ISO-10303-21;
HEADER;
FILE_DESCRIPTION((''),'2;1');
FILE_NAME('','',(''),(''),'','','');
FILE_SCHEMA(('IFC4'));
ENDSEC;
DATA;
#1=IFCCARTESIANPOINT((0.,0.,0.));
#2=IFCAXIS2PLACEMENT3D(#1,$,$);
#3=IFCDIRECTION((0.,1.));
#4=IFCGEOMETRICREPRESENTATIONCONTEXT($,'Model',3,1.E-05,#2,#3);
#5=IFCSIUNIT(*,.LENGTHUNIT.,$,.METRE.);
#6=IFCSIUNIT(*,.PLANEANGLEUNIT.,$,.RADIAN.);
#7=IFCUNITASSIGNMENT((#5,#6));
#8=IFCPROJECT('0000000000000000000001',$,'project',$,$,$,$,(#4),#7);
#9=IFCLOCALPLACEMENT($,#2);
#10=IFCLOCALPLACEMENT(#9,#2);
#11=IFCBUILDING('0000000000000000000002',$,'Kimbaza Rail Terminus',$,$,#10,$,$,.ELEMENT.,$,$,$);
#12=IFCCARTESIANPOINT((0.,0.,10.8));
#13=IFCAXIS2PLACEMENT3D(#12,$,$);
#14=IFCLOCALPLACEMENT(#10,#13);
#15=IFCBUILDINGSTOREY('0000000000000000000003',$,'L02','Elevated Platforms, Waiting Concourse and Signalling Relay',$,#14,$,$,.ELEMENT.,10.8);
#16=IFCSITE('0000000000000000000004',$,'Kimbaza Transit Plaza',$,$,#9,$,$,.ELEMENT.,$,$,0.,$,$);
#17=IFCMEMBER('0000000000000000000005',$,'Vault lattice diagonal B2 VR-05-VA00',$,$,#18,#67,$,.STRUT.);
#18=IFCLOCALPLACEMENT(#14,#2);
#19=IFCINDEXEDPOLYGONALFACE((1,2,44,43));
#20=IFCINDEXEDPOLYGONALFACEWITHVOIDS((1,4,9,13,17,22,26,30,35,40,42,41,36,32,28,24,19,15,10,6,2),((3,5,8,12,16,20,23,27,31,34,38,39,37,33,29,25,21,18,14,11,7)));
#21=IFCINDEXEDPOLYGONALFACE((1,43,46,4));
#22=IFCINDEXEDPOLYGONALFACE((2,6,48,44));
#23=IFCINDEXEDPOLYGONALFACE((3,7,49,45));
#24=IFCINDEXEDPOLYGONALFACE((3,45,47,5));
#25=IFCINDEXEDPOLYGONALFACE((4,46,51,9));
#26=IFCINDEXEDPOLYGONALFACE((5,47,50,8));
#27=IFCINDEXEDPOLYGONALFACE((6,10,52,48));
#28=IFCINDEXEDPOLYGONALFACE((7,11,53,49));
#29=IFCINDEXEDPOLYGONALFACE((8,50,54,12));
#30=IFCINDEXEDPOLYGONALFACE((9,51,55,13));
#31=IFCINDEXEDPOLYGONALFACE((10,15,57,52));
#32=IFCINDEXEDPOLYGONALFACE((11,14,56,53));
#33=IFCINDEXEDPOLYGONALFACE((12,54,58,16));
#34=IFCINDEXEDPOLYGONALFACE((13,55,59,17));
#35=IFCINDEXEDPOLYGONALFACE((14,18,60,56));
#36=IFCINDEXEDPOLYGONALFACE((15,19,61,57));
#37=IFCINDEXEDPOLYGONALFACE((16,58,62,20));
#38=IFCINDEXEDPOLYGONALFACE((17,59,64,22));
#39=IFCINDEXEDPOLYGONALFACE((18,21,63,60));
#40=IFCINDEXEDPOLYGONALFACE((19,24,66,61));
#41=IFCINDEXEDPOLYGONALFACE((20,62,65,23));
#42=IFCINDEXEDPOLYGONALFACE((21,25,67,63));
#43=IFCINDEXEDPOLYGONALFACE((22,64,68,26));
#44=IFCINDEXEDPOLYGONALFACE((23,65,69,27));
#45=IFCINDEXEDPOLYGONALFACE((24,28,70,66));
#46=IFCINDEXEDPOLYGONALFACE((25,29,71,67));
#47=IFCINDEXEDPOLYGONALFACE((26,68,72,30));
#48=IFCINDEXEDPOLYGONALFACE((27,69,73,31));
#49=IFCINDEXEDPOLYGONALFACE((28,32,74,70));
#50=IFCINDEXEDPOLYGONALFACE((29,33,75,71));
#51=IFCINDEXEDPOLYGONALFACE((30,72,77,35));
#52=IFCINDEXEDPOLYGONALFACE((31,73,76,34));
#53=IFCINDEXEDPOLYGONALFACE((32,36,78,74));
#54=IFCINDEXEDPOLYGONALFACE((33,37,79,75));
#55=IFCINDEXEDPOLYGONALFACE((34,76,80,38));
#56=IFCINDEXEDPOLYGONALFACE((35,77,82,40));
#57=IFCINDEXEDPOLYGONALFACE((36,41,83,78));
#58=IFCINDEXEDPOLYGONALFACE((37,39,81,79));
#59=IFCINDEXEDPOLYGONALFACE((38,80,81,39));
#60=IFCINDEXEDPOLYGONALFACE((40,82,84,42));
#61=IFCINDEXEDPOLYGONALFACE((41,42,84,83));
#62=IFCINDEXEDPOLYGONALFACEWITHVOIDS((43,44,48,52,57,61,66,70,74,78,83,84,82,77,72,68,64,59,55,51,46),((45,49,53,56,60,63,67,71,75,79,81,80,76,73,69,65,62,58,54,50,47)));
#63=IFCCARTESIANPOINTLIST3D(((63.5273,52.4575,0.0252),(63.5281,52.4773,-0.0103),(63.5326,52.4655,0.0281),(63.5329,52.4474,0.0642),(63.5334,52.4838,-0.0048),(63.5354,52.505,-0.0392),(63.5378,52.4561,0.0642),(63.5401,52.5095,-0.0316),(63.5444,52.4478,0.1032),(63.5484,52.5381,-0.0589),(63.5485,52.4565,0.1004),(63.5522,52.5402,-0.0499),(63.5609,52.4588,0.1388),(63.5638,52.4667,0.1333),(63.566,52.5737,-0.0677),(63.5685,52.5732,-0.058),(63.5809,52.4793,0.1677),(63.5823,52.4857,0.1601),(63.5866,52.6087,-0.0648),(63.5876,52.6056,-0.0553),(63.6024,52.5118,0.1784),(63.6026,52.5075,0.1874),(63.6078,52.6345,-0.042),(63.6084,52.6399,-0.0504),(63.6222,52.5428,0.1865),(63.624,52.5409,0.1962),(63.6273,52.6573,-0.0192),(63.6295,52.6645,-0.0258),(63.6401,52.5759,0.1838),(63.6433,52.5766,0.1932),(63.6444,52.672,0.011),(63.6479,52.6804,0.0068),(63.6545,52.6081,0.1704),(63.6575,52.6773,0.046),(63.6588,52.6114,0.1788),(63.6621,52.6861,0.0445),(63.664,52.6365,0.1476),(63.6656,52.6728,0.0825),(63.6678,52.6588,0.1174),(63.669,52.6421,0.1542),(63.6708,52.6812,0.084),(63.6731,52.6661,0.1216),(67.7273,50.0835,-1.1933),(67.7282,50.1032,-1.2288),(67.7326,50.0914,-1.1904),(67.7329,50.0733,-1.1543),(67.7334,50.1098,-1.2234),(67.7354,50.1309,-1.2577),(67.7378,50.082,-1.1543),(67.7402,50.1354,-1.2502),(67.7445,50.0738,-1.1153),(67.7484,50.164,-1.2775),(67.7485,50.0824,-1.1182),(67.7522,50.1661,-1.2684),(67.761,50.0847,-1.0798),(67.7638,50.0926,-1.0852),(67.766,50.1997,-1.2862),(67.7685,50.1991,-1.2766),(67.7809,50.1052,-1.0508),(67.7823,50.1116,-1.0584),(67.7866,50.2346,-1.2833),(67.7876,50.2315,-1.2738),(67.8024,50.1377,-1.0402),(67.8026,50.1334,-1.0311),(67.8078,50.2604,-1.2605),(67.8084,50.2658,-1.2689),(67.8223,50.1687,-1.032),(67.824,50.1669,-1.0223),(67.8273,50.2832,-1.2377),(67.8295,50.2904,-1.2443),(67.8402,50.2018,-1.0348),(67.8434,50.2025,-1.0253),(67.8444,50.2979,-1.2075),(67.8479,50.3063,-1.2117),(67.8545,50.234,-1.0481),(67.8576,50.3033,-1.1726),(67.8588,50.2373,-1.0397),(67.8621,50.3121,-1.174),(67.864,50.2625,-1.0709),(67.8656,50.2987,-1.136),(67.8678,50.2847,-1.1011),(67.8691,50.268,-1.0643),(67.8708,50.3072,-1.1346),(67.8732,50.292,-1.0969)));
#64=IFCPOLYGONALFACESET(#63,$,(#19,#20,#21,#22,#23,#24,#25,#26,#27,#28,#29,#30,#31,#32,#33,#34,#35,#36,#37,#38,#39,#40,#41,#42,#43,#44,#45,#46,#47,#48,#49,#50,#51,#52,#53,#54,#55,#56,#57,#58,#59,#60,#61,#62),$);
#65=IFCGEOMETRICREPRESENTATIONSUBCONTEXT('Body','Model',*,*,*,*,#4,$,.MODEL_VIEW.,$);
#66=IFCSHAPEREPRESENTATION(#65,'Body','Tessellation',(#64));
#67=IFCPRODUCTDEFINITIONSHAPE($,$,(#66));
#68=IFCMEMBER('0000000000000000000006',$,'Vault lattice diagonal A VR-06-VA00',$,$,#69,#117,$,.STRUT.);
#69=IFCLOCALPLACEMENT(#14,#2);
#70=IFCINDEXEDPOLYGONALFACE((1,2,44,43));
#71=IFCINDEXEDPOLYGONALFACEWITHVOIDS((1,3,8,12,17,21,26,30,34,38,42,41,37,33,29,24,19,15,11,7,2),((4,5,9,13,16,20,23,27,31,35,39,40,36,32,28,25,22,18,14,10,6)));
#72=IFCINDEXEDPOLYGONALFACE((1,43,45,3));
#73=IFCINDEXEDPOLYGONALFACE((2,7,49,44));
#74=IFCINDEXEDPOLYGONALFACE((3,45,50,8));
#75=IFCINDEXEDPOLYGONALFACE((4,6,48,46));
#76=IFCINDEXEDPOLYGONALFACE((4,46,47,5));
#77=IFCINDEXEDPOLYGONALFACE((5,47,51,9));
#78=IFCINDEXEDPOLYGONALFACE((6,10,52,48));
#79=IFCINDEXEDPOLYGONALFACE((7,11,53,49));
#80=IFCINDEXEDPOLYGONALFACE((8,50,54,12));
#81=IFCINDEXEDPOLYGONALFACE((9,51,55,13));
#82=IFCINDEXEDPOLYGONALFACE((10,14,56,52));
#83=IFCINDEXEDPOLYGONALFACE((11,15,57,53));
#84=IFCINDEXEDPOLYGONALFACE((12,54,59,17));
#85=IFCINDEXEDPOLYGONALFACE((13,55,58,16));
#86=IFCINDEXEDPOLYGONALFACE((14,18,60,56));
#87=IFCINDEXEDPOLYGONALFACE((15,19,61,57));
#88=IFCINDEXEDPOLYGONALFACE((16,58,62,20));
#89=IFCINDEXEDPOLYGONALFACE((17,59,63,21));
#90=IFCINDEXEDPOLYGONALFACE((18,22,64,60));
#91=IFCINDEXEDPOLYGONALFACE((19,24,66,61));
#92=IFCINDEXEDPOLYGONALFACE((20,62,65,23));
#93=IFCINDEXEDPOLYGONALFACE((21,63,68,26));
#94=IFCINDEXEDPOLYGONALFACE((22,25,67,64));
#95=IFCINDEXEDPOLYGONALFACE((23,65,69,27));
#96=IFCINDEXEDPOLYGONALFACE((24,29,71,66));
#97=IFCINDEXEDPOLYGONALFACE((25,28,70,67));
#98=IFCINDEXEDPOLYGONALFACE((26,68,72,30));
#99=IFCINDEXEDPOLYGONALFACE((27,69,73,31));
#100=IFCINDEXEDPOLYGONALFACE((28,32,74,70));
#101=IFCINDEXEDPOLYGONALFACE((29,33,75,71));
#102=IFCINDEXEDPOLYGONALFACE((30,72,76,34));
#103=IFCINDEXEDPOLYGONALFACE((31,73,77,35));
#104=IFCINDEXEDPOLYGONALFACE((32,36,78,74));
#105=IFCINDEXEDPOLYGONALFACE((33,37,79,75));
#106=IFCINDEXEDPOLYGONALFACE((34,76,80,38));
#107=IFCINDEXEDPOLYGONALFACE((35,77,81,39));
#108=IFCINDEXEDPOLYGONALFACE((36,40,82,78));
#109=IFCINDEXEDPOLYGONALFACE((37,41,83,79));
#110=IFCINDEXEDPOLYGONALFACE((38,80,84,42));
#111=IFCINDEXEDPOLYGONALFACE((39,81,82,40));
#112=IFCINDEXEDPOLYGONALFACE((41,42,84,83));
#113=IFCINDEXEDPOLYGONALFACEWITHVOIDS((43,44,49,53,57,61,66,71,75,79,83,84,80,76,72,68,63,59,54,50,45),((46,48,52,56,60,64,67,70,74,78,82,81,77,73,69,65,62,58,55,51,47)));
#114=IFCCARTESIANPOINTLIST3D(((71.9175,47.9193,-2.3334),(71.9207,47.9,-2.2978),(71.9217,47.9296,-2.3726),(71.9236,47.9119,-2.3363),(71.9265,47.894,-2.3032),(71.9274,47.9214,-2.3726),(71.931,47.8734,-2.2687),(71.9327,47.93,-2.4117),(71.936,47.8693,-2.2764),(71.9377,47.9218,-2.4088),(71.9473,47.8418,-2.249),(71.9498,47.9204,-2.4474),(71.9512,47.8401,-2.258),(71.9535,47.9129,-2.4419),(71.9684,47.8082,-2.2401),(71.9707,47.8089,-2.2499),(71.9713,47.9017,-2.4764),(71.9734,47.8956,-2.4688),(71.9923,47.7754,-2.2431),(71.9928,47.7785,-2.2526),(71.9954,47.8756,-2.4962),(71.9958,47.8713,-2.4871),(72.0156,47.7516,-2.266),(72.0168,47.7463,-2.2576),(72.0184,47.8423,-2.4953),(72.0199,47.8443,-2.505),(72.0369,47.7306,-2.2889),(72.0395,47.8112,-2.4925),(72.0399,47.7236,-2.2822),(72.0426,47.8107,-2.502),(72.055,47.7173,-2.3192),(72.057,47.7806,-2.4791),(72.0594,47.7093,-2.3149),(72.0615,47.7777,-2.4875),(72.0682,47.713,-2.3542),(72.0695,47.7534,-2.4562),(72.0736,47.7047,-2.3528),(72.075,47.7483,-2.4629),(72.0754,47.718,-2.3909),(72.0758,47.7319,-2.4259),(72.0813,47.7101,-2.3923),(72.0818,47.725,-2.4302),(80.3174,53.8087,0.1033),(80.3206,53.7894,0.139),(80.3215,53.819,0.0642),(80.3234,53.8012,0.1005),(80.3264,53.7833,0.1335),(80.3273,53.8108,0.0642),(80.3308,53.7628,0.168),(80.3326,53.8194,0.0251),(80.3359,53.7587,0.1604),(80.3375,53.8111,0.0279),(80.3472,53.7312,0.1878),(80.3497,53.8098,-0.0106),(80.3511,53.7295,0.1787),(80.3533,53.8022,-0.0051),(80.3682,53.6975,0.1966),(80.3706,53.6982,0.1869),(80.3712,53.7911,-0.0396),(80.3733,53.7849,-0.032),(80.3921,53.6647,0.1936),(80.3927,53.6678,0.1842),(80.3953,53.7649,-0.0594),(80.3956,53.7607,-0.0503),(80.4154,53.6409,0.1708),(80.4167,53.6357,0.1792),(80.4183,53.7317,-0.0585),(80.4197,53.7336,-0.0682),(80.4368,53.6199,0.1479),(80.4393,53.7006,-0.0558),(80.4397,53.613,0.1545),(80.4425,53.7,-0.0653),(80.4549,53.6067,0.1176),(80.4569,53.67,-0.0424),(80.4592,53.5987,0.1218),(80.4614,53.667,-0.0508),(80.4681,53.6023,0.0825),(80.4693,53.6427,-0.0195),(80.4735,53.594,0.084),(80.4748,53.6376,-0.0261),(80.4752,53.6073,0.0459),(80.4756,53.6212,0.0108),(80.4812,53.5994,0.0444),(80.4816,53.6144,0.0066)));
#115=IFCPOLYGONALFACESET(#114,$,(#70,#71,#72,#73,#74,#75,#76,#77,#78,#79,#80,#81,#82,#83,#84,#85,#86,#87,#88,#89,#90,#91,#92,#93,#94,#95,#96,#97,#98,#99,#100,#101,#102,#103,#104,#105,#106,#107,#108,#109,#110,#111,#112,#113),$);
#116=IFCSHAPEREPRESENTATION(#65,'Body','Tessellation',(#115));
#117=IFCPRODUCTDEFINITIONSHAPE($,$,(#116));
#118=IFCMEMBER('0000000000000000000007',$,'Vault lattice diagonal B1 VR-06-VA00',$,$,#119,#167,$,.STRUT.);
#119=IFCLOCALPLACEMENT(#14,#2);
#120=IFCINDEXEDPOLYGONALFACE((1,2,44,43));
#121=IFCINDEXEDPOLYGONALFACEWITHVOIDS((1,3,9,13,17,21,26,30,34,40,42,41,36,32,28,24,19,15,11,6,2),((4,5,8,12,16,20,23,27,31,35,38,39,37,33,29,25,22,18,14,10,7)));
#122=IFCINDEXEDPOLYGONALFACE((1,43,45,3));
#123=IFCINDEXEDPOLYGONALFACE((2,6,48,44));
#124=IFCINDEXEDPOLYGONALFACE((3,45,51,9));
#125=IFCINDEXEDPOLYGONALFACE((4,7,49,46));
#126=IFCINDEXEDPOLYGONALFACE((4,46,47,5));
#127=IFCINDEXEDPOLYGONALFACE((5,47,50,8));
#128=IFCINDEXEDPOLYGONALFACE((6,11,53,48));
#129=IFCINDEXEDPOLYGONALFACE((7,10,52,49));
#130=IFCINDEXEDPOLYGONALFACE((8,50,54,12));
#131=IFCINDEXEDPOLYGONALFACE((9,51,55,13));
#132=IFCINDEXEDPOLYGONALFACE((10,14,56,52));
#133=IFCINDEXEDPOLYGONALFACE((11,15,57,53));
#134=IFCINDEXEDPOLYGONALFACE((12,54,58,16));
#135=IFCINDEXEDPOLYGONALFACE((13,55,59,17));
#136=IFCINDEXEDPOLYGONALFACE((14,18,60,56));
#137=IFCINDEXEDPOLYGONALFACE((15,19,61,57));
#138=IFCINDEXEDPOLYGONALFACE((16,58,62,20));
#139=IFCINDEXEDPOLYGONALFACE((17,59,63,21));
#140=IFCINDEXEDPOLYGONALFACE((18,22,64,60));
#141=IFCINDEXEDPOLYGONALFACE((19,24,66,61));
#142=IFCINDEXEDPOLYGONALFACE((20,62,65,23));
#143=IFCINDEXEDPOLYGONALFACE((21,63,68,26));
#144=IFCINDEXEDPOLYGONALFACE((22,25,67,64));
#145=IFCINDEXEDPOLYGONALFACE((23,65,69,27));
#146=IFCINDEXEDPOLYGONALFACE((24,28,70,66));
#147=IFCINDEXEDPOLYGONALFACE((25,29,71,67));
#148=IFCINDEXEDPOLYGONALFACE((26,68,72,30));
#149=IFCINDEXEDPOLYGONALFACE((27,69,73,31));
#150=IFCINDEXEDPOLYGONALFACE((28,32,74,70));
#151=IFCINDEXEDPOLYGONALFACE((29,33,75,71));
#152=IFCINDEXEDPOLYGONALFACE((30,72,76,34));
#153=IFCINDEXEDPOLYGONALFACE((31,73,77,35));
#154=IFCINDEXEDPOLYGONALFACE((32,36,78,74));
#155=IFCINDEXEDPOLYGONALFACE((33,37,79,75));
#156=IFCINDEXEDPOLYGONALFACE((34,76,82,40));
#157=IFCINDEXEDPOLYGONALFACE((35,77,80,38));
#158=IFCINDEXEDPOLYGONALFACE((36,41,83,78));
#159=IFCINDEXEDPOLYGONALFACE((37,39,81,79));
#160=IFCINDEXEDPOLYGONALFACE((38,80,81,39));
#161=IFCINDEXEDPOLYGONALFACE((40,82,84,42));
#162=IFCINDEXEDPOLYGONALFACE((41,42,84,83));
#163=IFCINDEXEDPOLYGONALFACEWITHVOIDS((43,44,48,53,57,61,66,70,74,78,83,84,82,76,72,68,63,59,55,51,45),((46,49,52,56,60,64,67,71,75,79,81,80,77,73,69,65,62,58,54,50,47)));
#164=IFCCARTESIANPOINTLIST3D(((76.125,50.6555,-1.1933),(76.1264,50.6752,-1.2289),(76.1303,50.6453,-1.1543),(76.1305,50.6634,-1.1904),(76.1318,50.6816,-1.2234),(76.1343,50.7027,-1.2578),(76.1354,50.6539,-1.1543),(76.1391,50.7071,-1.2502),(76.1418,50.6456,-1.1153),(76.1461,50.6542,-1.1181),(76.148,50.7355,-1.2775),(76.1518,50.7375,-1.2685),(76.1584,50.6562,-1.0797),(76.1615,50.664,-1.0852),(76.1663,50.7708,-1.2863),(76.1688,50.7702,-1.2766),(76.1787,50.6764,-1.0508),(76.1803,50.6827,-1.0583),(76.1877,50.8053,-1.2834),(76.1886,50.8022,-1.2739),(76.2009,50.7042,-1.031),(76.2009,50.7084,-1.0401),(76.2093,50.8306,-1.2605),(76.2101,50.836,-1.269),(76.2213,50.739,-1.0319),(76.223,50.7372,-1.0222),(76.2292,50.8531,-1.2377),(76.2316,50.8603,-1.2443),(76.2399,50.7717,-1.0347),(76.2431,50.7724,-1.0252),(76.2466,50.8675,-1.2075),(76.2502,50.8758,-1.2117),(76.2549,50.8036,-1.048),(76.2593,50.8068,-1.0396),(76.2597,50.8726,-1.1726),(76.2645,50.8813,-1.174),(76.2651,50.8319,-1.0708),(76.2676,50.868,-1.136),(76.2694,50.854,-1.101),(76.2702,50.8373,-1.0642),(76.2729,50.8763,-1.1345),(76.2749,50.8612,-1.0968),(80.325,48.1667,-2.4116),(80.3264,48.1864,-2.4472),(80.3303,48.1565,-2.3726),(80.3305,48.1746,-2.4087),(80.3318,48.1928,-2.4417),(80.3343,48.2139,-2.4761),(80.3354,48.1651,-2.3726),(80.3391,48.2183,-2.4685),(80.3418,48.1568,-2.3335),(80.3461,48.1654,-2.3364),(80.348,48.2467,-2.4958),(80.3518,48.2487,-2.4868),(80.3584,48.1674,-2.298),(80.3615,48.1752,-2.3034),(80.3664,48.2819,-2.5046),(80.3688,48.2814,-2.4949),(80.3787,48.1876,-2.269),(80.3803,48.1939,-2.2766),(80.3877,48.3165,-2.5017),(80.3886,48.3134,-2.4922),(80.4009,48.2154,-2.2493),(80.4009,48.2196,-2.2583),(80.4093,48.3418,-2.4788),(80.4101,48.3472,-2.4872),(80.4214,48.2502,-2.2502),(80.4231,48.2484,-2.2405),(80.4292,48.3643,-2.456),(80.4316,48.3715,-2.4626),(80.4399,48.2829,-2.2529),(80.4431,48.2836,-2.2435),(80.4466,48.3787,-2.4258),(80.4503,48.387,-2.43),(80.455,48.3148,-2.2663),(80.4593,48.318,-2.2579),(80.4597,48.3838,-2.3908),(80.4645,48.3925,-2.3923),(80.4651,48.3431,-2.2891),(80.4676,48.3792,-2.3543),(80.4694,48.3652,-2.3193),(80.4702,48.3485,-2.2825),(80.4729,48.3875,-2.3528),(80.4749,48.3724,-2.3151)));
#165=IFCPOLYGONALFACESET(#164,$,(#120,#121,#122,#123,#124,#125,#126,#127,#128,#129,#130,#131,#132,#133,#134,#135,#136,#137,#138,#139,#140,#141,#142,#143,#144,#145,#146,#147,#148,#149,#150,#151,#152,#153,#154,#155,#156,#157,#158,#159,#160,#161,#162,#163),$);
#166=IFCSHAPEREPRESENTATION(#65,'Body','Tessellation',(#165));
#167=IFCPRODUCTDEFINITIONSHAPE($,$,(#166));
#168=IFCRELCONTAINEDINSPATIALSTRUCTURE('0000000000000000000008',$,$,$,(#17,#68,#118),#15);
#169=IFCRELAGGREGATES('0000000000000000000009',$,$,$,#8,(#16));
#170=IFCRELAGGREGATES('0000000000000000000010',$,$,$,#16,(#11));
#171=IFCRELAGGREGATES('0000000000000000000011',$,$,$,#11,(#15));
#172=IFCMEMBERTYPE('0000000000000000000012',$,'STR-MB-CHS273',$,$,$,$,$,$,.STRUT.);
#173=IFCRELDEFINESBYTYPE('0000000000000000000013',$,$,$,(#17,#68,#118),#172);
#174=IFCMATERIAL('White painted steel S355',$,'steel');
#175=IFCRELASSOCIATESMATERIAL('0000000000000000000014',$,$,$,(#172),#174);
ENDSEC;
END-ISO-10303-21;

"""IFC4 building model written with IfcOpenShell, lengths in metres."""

from ifc_helpers import new_model, si_unit, direction, frame, origin, origin_2d, place, context, subcontext, project, spatial, hollow_circle, extrude, material, material_profile, profile_set, type_object, element, save


model = new_model("IFC4")

# Units and contexts
model_context = context("Model", 3, precision=1e-05, world=origin(), true_north=direction((0.0, 1.0)))
body_context = subcontext(model_context, "Body", "Model", "MODEL_VIEW")
ifc_project = project(units=[si_unit("LENGTHUNIT", "METRE"), si_unit("PLANEANGLEUNIT", "RADIAN")], contexts=[model_context])

# Site, building, storey
site_placement = place(None, origin())
site = spatial("IfcSite", under=ifc_project, at=site_placement, Name="Kimbaza Transit Plaza", CompositionType="ELEMENT", RefElevation=0.0)
building_placement = place(site_placement, origin())
building = spatial("IfcBuilding", under=site, at=building_placement, Name="Kimbaza Rail Terminus", CompositionType="ELEMENT")
storey_placement = place(building_placement, frame((0.0, 0.0, 10.8)))
storey = spatial("IfcBuildingStorey", under=building, at=storey_placement, Name="L02", Description="Elevated Platforms, Waiting Concourse and Signalling Relay", CompositionType="ELEMENT", Elevation=10.8)

# Members
ifc_material_1 = material(Name="White painted steel S355", Category="steel")
ifc_material_profile_1 = material_profile(ifc_material_1, hollow_circle(Radius=0.1365, WallThickness=0.01, at=origin_2d()), Name="CHS 273x10")
ifc_profile_set_1 = profile_set([ifc_material_profile_1], Name="White painted steel S355")
member_type_1 = type_object("IfcMemberType", Name="STR-MB-CHS273", PredefinedType="STRUT", material=ifc_profile_set_1)
for number, where, z_axis, x_axis, name in (
    (1, (67.8, 50.1921, -1.1543), (-0.844046, 0.477097, 0.244878), (-0.492079, -0.870551, 0.0), "Vault lattice diagonal B2 VR-05-VA00"),
):
    element("IfcMember", number, at=place(storey_placement, frame(where, z_axis=z_axis, x_axis=x_axis)), inside=storey, type_object=member_type_1, Name=name, PredefinedType="STRUT", context=body_context, shape_type="SweptSolid", body=[
        extrude(hollow_circle(Radius=0.1365, WallThickness=0.01, at=origin_2d()), origin(), (0.0, 0.0, 1.0), 4.9761),
    ])
member_1_placement = place(storey_placement, frame((72.0, 47.8179, -2.3726), z_axis=(0.796633, 0.558542, 0.231099), x_axis=(-0.574082, 0.818798, 0.0)))
element("IfcMember", 2, at=member_1_placement, inside=storey, type_object=member_type_1, Name="Vault lattice diagonal A VR-06-VA00", PredefinedType="STRUT", context=body_context, shape_type="SweptSolid", body=[
    extrude(hollow_circle(Radius=0.1365, WallThickness=0.01, at=origin_2d()), origin(), (0.0, 0.0, 1.0), 10.5442),
])
member_2_placement = place(storey_placement, frame((80.3999, 48.2739, -2.3726), z_axis=(-0.834703, 0.494621, 0.242119), x_axis=(-0.509789, -0.8603, 0.0)))
element("IfcMember", 3, at=member_2_placement, inside=storey, type_object=member_type_1, Name="Vault lattice diagonal B1 VR-06-VA00", PredefinedType="STRUT", context=body_context, shape_type="SweptSolid", body=[
    extrude(hollow_circle(Radius=0.1365, WallThickness=0.01, at=origin_2d()), origin(), (0.0, 0.0, 1.0), 5.0317),
])

save(model, "model.ifc")
